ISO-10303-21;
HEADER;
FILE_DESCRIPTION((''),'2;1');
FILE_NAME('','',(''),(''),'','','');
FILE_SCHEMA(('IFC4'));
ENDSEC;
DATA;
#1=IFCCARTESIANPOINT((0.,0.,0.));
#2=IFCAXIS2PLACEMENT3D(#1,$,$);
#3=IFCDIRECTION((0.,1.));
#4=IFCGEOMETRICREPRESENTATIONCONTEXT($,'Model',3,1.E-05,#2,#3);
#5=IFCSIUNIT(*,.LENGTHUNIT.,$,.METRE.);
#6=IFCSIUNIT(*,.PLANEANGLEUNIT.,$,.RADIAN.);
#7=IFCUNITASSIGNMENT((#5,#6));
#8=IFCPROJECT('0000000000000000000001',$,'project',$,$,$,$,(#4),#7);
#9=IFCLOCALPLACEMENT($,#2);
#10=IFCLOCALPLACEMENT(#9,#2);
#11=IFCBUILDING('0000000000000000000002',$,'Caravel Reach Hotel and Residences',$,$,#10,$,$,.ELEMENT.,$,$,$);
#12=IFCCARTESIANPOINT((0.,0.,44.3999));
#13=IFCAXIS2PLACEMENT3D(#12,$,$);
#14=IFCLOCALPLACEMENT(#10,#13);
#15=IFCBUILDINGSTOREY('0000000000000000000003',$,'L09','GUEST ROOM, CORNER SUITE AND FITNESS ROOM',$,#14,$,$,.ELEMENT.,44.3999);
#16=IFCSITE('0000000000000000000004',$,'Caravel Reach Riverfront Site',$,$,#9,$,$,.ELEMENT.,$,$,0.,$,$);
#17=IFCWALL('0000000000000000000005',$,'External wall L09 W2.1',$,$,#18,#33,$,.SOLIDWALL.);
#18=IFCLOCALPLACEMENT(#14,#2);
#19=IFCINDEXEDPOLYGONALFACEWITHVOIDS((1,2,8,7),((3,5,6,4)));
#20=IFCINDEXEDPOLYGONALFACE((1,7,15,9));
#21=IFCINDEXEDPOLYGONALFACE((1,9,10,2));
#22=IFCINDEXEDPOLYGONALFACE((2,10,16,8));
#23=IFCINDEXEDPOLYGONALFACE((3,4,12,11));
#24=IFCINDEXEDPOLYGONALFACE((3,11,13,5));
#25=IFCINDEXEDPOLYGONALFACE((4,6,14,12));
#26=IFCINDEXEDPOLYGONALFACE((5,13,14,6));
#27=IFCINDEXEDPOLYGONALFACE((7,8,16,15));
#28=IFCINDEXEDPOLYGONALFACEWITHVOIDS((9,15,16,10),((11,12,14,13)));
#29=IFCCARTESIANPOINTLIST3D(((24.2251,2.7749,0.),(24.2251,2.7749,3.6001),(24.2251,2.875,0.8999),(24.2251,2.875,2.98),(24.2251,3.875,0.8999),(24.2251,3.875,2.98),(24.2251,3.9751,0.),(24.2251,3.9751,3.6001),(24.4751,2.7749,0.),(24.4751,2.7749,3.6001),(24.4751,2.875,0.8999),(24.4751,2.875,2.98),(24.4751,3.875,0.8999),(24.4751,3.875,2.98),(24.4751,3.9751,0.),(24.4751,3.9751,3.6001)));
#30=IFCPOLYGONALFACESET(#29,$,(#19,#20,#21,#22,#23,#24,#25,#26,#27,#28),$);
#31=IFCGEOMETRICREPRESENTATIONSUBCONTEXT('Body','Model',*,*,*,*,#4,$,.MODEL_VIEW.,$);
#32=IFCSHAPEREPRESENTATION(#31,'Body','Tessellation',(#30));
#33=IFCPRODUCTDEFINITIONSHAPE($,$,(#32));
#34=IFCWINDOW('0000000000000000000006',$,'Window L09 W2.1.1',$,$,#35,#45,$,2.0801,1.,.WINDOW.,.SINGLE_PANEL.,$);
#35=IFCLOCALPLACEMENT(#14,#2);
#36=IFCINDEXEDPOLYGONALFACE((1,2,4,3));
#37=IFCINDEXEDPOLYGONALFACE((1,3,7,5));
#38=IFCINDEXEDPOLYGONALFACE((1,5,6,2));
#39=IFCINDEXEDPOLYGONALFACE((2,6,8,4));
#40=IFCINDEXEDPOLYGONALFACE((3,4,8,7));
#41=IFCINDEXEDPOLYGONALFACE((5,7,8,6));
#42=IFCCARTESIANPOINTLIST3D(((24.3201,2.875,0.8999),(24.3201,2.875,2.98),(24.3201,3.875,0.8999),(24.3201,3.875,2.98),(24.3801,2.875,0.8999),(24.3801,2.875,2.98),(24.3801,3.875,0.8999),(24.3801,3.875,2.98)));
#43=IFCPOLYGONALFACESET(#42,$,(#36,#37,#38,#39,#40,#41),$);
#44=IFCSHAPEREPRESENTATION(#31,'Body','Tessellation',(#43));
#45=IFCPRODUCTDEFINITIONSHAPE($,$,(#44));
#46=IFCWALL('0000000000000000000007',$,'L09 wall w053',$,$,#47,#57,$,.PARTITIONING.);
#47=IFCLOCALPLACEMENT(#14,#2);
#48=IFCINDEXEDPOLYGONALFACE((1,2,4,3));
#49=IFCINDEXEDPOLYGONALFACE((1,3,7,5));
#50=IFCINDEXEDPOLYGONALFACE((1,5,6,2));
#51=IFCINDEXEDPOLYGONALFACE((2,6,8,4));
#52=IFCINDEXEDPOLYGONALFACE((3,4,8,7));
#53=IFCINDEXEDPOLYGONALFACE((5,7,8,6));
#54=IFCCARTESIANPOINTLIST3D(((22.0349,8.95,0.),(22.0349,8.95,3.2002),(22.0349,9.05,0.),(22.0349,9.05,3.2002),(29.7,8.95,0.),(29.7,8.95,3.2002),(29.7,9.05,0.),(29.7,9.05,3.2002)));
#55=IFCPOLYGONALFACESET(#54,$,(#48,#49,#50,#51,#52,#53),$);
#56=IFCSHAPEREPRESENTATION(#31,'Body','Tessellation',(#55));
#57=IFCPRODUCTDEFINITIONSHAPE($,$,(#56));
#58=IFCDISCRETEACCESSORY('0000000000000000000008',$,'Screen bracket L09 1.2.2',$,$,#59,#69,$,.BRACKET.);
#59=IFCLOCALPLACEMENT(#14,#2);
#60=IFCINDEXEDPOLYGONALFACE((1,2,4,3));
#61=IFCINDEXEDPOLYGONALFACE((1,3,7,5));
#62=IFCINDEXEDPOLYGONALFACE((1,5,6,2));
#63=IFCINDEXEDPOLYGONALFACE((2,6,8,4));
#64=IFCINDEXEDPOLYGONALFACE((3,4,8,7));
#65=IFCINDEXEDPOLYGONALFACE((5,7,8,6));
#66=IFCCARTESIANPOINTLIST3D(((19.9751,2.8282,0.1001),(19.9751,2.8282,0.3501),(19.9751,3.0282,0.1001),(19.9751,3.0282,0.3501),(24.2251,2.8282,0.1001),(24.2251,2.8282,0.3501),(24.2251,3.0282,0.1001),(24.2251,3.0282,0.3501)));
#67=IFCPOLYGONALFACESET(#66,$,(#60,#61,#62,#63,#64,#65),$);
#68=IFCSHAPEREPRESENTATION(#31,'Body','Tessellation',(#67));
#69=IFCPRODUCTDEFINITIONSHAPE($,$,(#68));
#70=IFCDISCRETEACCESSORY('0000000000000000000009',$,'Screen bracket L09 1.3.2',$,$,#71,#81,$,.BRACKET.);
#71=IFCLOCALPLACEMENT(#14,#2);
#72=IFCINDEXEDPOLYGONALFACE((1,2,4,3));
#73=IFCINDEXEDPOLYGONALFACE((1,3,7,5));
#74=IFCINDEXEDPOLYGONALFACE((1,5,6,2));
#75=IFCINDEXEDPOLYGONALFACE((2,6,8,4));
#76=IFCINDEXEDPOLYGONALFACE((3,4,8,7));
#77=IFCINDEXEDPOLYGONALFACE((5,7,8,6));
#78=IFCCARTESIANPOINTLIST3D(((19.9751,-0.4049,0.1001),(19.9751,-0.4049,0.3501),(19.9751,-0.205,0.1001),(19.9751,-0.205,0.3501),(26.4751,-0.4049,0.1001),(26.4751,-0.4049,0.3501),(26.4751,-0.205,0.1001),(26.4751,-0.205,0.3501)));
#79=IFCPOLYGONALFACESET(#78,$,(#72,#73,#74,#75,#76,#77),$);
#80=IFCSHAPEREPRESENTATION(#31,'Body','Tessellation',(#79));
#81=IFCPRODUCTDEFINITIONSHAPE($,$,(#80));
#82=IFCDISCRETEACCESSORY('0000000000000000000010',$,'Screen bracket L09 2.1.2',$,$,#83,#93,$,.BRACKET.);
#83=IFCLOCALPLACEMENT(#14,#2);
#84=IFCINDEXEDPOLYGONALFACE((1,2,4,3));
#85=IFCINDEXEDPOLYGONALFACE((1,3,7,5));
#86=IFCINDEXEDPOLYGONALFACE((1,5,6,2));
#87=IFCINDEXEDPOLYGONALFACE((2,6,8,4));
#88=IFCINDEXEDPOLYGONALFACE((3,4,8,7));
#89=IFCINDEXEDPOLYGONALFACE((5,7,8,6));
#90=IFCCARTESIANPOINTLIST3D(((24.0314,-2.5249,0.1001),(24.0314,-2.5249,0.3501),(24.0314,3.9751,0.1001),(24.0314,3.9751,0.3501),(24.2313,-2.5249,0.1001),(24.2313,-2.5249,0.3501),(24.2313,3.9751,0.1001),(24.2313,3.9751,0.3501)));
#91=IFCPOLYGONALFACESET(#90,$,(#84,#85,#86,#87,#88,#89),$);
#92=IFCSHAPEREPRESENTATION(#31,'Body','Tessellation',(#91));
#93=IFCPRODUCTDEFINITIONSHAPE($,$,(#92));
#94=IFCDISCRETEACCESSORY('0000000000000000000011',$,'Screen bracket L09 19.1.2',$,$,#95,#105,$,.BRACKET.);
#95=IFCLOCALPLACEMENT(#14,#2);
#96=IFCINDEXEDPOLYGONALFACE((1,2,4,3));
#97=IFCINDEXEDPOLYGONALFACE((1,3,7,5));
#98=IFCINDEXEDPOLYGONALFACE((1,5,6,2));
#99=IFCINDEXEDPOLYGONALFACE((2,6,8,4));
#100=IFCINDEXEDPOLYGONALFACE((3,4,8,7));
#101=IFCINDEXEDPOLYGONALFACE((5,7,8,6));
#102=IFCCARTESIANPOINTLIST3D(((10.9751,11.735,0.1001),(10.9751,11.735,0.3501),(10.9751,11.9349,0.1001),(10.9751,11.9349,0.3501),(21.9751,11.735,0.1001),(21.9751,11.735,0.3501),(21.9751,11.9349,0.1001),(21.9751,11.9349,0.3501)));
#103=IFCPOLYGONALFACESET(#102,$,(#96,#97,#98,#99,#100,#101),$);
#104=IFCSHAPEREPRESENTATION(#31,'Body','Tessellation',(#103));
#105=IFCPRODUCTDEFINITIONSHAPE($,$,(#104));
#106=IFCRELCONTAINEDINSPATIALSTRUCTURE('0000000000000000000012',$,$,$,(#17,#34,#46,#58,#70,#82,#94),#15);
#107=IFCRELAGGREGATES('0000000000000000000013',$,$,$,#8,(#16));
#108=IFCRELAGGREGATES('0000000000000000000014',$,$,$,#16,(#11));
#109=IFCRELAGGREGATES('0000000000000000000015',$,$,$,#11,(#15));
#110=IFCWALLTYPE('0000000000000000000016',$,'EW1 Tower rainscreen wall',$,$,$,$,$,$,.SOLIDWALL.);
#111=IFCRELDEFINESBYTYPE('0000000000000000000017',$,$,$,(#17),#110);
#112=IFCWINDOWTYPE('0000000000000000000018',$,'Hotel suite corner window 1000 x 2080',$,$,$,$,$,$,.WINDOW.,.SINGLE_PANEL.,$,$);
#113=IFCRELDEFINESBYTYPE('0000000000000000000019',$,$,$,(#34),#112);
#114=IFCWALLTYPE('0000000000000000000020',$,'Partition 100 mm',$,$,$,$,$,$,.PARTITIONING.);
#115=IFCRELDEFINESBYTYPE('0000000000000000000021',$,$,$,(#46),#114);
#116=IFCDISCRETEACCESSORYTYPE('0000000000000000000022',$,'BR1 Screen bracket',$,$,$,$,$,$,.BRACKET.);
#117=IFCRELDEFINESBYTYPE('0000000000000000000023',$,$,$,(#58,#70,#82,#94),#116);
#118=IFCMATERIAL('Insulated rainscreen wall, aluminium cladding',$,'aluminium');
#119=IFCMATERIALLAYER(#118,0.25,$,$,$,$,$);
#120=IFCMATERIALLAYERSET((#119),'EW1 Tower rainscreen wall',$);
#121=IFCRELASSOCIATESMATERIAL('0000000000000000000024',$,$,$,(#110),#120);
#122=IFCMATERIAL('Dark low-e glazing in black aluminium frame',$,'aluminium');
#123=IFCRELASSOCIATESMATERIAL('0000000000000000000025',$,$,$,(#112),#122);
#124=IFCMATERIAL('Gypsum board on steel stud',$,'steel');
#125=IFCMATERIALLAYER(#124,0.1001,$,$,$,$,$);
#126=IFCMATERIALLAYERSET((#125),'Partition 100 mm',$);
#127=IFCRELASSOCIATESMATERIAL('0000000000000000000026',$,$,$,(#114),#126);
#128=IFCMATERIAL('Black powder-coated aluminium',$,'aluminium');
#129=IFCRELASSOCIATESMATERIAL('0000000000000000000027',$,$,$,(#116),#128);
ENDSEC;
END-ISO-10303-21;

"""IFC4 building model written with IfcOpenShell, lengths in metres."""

from ifc_helpers import new_model, si_unit, direction, frame, frame_2d, origin, origin_2d, place, context, subcontext, project, spatial, rectangle, extrude, material, layer, layer_set, type_object, element, fill, save


model = new_model("IFC4")

# Units and contexts
model_context = context("Model", 3, precision=1e-05, world=origin(), true_north=direction((0.0, 1.0)))
body_context = subcontext(model_context, "Body", "Model", "MODEL_VIEW")
ifc_project = project(units=[si_unit("LENGTHUNIT", "METRE"), si_unit("PLANEANGLEUNIT", "RADIAN")], contexts=[model_context])

# Site, building, storey
site_placement = place(None, origin())
site = spatial("IfcSite", under=ifc_project, at=site_placement, Name="Caravel Reach Riverfront Site", CompositionType="ELEMENT", RefElevation=0.0)
building_placement = place(site_placement, origin())
building = spatial("IfcBuilding", under=site, at=building_placement, Name="Caravel Reach Hotel and Residences", CompositionType="ELEMENT")
storey_placement = place(building_placement, frame((0.0, 0.0, 44.3999)))
storey = spatial("IfcBuildingStorey", under=building, at=storey_placement, Name="L09", Description="GUEST ROOM, CORNER SUITE AND FITNESS ROOM", CompositionType="ELEMENT", Elevation=44.3999)

# Wall, opening, window
ifc_material_1 = material(Name="Insulated rainscreen wall, aluminium cladding", Category="aluminium")
ifc_layer_1 = layer(ifc_material_1, 0.25)
ifc_layer_set_1 = layer_set([ifc_layer_1], Name="EW1 Tower rainscreen wall")
wall_type_1 = type_object("IfcWallType", Name="EW1 Tower rainscreen wall", PredefinedType="SOLIDWALL", material=ifc_layer_set_1)
ifc_material_2 = material(Name="Dark low-e glazing in black aluminium frame", Category="aluminium")
window_type = type_object("IfcWindowType", Name="Hotel suite corner window 1000 x 2080", PartitioningType="SINGLE_PANEL", PredefinedType="WINDOW", material=ifc_material_2)
wall_1_placement = place(storey_placement, frame((24.3501, 3.9751, 0.0), z_axis=(0.0, 0.0, 1.0), x_axis=(0.0, -1.0, 0.0)))
wall_1 = element("IfcWall", 1, at=wall_1_placement, inside=storey, type_object=wall_type_1, Name="External wall L09 W2.1", PredefinedType="SOLIDWALL", context=body_context, shape_type="SweptSolid", body=[
    extrude(rectangle(XDim=1.2002, YDim=0.25, at=frame_2d((0.6001, 0.0))), origin(), (0.0, 0.0, 1.0), 3.6001),
])
opening_1_placement = place(wall_1_placement, frame((0.1001, 0.0, 0.8999)))
opening_1 = element("IfcOpeningElement", 2, at=opening_1_placement, cuts=wall_1, PredefinedType="OPENING", context=body_context, shape_type="SweptSolid", body=[
    extrude(rectangle(XDim=1.0, YDim=2.0801, at=frame_2d((0.5, 1.04))), frame((0.0, 0.135, 0.0), z_axis=(0.0, -1.0, 0.0), x_axis=(1.0, 0.0, 0.0)), (0.0, 0.0, 1.0), 0.27),
])
window_1_placement = place(opening_1_placement, origin())
window_1 = element("IfcWindow", 3, at=window_1_placement, inside=storey, type_object=window_type, Name="Window L09 W2.1.1", OverallHeight=2.0801, OverallWidth=1.0, PartitioningType="SINGLE_PANEL", PredefinedType="WINDOW", context=body_context, shape_type="SweptSolid", body=[
    extrude(rectangle(XDim=1.0, YDim=2.0801, at=frame_2d((0.5, 1.04))), frame((0.0, 0.03, 0.0), z_axis=(0.0, -1.0, 0.0), x_axis=(1.0, 0.0, 0.0)), (0.0, 0.0, 1.0), 0.0601),
])
fill(opening_1, window_1)

# Wall
ifc_material_3 = material(Name="Gypsum board on steel stud", Category="steel")
ifc_layer_2 = layer(ifc_material_3, 0.1001)
ifc_layer_set_2 = layer_set([ifc_layer_2], Name="Partition 100 mm")
wall_type_2 = type_object("IfcWallType", Name="Partition 100 mm", PredefinedType="PARTITIONING", material=ifc_layer_set_2)
wall_2_placement = place(storey_placement, frame((22.0349, 9.0, 0.0), z_axis=(0.0, 0.0, 1.0), x_axis=(1.0, 0.0, 0.0)))
element("IfcWall", 4, at=wall_2_placement, inside=storey, type_object=wall_type_2, Name="L09 wall w053", PredefinedType="PARTITIONING", context=body_context, shape_type="SweptSolid", body=[
    extrude(rectangle(XDim=7.665, YDim=0.1001, at=frame_2d((3.8325, 0.0))), origin(), (0.0, 0.0, 1.0), 3.2002),
])

# Discrete accessories
ifc_material_4 = material(Name="Black powder-coated aluminium", Category="aluminium")
discrete_accessory_type = type_object("IfcDiscreteAccessoryType", Name="BR1 Screen bracket", PredefinedType="BRACKET", material=ifc_material_4)
discrete_accessory_1_placement = place(storey_placement, frame((22.1001, 2.9282, 0.1001), z_axis=(0.0, 0.0, 1.0), x_axis=(-1.0, 0.0, 0.0)))
element("IfcDiscreteAccessory", 5, at=discrete_accessory_1_placement, inside=storey, type_object=discrete_accessory_type, Name="Screen bracket L09 1.2.2", PredefinedType="BRACKET", context=body_context, shape_type="SweptSolid", body=[
    extrude(rectangle(XDim=4.25, YDim=0.2, at=origin_2d()), origin(), (0.0, 0.0, 1.0), 0.25),
])
for number, where, z_axis, x_axis, name in (
    (6, (23.2251, -0.3049, 0.1001), (0.0, 0.0, 1.0), (-1.0, 0.0, 0.0), "Screen bracket L09 1.3.2"),
    (7, (24.1313, 0.7251, 0.1001), (0.0, 0.0, 1.0), (0.0, -1.0, 0.0), "Screen bracket L09 2.1.2"),
):
    element("IfcDiscreteAccessory", number, at=place(storey_placement, frame(where, z_axis=z_axis, x_axis=x_axis)), inside=storey, type_object=discrete_accessory_type, Name=name, PredefinedType="BRACKET", context=body_context, shape_type="SweptSolid", body=[
        extrude(rectangle(XDim=6.5, YDim=0.2, at=origin_2d()), origin(), (0.0, 0.0, 1.0), 0.25),
    ])
discrete_accessory_2_placement = place(storey_placement, frame((16.4751, 11.835, 0.1001), z_axis=(0.0, 0.0, 1.0), x_axis=(-1.0, 0.0, 0.0)))
element("IfcDiscreteAccessory", 8, at=discrete_accessory_2_placement, inside=storey, type_object=discrete_accessory_type, Name="Screen bracket L09 19.1.2", PredefinedType="BRACKET", context=body_context, shape_type="SweptSolid", body=[
    extrude(rectangle(XDim=11.0, YDim=0.2, at=origin_2d()), origin(), (0.0, 0.0, 1.0), 0.25),
])

save(model, "model.ifc")
